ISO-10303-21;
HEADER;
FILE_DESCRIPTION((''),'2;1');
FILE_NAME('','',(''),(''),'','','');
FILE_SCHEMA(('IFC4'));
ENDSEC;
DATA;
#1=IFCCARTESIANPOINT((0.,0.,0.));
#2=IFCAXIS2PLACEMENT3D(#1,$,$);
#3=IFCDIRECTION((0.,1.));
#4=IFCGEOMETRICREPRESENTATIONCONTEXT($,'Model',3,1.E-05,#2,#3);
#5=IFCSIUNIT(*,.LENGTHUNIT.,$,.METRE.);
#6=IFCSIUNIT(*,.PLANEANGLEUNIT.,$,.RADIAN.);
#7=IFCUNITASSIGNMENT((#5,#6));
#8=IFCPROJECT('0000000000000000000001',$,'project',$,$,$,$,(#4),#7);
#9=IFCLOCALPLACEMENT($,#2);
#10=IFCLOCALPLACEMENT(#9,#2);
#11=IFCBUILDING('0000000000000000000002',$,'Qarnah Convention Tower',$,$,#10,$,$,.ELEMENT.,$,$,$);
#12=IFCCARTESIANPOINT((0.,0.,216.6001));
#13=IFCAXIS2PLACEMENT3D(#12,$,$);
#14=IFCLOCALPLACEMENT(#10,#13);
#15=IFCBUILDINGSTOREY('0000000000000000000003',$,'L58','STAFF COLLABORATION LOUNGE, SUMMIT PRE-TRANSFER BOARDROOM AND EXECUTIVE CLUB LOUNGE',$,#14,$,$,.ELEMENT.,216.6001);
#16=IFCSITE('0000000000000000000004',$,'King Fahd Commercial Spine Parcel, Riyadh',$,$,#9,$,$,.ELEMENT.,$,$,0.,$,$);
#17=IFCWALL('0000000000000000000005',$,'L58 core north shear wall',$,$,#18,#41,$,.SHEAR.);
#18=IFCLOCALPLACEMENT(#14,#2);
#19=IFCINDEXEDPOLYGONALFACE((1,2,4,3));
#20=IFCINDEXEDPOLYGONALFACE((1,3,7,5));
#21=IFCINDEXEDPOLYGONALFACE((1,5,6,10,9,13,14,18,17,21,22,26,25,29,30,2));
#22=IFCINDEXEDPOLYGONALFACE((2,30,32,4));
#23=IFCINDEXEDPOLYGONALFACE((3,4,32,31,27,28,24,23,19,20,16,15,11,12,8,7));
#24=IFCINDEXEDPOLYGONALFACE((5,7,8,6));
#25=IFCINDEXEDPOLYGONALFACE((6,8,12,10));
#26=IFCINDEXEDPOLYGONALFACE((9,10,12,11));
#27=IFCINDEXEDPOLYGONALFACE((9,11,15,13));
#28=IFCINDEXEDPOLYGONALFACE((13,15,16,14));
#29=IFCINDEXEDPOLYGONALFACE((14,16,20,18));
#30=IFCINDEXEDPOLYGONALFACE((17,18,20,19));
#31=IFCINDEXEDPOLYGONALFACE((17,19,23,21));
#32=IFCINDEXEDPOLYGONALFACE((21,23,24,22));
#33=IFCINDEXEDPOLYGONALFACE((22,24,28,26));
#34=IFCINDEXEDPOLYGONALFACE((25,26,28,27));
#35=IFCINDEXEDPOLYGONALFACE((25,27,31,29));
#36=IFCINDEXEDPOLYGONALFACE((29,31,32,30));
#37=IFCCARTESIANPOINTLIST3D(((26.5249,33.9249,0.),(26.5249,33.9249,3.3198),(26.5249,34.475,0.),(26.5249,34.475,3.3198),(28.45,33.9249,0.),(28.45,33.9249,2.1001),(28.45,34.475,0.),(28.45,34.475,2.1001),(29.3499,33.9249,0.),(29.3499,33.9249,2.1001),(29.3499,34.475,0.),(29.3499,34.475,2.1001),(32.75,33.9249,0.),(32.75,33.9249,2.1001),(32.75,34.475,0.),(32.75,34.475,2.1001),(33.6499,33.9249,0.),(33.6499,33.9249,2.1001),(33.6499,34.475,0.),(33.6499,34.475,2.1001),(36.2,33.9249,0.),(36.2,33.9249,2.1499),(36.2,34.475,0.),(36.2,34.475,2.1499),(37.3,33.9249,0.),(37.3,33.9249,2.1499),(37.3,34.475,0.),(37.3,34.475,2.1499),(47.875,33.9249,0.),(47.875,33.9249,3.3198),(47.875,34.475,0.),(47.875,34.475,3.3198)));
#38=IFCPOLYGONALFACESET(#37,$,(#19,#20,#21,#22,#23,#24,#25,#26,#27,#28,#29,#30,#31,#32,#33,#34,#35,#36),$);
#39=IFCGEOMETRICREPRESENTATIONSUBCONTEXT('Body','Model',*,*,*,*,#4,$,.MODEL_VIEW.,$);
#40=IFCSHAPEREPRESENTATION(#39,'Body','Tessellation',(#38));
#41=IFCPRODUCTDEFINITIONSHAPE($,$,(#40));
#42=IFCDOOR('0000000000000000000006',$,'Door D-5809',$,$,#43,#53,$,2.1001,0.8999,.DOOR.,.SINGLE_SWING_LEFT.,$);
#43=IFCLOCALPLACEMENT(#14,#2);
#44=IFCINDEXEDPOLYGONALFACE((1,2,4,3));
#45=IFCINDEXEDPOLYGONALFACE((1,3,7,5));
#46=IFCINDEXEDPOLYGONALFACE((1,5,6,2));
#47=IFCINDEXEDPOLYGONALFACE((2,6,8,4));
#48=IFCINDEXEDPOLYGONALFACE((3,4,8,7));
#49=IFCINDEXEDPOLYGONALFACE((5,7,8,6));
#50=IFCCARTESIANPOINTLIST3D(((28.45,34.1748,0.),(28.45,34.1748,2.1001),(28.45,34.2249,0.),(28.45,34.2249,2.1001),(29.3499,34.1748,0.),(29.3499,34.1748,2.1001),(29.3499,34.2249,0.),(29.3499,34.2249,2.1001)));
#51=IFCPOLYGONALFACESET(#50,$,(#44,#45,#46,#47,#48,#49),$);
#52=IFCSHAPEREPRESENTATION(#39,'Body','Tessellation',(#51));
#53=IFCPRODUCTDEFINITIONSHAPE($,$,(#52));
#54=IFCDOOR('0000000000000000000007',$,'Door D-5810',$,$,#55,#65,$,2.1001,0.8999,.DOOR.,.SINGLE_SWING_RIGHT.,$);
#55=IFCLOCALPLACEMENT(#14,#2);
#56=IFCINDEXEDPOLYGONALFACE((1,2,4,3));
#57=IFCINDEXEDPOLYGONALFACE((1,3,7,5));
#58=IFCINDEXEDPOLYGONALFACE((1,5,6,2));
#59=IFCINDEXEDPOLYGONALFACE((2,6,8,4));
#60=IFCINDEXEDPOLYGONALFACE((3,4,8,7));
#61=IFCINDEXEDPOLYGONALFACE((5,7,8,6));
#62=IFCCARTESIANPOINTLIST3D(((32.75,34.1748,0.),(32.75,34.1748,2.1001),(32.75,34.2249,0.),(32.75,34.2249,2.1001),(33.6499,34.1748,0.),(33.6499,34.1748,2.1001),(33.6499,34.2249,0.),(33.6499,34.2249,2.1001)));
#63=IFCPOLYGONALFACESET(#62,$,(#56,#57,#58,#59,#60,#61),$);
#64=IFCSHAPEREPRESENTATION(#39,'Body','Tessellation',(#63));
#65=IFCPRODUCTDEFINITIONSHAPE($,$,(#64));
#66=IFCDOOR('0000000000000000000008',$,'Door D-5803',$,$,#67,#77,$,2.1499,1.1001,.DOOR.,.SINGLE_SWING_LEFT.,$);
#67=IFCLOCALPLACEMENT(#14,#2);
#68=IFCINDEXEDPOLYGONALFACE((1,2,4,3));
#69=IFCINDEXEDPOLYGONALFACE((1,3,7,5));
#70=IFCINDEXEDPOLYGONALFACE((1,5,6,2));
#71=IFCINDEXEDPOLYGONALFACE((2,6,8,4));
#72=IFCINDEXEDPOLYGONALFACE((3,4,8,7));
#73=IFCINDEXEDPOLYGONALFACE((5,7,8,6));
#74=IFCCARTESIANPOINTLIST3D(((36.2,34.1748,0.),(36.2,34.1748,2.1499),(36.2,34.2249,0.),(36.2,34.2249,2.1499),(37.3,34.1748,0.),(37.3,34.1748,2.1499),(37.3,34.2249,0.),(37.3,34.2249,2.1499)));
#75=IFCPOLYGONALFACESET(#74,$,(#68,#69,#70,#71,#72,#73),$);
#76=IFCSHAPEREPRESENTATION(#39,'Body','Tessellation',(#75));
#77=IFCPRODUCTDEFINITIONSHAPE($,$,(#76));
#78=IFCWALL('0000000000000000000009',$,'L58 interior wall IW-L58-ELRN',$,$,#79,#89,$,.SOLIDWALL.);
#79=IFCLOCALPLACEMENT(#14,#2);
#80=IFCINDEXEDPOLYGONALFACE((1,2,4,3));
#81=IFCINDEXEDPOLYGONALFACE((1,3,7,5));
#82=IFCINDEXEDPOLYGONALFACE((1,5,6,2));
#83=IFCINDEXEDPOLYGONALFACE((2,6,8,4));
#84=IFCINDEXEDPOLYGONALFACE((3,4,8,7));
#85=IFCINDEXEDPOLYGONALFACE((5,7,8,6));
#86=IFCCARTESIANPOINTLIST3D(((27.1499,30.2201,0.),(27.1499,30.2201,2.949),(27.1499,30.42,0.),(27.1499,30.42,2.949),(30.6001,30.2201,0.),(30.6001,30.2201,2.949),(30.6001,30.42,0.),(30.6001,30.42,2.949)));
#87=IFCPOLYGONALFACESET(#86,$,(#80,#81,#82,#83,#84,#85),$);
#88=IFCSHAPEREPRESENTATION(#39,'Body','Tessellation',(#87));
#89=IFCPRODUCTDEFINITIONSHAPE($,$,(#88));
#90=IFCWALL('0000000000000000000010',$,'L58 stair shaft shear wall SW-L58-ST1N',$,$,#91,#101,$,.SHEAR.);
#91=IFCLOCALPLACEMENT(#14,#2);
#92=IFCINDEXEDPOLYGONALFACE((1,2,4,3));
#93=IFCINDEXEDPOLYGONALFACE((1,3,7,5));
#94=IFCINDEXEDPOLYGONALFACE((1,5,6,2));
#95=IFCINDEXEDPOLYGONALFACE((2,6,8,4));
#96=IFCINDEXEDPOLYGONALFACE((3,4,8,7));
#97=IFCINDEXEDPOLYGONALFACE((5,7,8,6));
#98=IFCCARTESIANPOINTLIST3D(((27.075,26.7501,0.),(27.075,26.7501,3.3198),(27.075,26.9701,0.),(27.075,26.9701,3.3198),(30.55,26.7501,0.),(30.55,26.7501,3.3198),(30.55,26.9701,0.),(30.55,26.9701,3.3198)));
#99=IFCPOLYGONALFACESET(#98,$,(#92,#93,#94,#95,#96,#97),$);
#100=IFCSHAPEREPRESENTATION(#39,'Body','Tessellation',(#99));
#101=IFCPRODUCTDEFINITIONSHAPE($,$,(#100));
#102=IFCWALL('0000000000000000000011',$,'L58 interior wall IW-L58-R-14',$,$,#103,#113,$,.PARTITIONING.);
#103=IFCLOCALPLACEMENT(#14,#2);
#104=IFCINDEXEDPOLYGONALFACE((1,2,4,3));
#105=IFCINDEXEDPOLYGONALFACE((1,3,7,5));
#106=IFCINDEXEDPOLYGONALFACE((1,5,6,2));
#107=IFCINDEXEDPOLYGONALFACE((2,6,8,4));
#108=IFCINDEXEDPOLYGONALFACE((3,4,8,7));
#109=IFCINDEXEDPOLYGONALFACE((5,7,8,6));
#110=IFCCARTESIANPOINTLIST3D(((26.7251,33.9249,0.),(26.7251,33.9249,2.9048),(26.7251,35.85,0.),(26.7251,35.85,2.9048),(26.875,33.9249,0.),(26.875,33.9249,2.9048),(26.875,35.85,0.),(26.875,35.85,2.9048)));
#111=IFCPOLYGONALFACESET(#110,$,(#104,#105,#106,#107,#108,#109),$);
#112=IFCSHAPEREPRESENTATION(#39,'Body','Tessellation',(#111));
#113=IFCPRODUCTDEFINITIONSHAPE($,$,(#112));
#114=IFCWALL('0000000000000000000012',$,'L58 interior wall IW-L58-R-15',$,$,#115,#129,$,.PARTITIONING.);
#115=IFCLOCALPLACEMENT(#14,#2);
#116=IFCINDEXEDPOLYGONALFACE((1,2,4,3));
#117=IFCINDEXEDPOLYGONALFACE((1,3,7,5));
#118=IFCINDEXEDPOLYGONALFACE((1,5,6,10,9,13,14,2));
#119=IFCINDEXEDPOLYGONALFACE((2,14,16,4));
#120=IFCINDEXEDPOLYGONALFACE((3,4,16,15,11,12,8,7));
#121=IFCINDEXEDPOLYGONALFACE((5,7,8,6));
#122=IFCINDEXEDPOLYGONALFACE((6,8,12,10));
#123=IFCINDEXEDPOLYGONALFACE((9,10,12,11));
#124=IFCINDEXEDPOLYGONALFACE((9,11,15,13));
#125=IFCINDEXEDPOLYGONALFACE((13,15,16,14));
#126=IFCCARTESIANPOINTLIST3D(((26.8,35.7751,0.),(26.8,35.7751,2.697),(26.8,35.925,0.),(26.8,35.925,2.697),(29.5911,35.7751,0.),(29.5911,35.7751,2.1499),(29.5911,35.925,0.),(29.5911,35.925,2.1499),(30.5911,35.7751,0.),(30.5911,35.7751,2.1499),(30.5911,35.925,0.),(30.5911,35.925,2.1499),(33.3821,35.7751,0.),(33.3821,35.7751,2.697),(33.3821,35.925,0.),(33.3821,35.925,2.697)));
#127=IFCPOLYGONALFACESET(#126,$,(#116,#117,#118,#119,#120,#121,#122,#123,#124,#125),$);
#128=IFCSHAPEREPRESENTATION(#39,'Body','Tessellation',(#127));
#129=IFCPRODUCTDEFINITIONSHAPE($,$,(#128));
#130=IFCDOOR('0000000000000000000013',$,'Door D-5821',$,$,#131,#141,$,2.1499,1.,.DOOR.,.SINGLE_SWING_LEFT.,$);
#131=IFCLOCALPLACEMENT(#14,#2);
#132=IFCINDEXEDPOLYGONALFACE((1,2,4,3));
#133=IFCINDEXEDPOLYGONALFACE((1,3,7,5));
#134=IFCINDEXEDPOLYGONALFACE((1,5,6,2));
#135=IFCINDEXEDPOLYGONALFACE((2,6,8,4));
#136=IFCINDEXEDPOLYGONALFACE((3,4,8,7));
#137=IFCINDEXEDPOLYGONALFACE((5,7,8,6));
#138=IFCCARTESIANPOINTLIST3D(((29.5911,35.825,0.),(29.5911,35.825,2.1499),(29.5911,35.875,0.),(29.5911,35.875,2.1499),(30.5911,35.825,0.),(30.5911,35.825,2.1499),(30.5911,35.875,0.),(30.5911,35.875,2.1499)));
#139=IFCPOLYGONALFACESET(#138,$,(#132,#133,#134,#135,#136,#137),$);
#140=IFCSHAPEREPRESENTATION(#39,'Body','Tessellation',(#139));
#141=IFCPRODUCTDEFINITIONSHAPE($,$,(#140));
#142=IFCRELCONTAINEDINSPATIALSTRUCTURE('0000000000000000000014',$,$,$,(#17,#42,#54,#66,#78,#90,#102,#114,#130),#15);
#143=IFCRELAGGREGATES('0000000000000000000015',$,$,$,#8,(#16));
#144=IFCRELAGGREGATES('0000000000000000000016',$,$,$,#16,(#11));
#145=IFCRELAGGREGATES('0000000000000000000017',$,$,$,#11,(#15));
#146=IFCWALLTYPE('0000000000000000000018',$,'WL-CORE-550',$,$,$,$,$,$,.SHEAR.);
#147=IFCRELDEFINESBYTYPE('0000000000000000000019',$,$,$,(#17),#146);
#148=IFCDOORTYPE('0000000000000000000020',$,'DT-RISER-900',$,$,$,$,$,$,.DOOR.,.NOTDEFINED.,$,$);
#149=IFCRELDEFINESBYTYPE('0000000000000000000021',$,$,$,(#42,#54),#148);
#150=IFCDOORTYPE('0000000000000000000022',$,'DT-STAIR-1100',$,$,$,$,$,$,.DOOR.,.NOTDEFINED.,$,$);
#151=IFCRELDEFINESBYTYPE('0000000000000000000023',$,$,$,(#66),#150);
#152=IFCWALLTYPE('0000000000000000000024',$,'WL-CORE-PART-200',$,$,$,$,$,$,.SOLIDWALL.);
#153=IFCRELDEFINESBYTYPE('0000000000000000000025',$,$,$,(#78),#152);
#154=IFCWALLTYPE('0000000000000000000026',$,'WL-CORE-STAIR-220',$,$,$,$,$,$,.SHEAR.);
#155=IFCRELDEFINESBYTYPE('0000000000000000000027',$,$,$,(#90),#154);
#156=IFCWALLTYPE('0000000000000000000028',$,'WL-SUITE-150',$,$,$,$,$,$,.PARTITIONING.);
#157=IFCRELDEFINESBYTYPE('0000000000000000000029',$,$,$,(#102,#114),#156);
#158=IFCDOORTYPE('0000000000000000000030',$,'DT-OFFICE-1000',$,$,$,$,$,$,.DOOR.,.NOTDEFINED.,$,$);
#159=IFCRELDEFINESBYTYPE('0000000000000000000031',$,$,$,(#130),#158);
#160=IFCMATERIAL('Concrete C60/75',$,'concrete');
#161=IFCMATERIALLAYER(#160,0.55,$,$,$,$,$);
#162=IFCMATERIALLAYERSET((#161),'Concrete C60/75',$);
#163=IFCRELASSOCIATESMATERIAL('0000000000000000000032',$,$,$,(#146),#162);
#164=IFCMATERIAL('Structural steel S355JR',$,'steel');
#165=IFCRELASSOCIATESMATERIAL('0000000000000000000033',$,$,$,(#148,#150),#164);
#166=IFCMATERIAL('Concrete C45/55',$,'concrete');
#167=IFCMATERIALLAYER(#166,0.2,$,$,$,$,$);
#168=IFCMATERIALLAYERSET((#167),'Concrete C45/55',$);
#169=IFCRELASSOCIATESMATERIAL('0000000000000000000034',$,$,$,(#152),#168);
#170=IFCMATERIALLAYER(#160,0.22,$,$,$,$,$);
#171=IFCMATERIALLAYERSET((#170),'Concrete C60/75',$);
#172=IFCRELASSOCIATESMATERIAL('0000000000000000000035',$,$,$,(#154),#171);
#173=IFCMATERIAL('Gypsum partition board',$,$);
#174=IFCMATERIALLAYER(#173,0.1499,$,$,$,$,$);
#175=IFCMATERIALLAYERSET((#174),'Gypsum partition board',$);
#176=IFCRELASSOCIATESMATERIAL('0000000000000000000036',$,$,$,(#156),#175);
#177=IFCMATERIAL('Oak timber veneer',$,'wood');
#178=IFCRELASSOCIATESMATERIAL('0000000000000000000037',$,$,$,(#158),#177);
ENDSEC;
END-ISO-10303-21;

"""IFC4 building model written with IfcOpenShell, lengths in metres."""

from ifc_helpers import new_model, si_unit, direction, frame, frame_2d, origin, place, context, subcontext, project, spatial, rectangle, extrude, material, layer, layer_set, type_object, element, fill, save


model = new_model("IFC4")

# Units and contexts
model_context = context("Model", 3, precision=1e-05, world=origin(), true_north=direction((0.0, 1.0)))
body_context = subcontext(model_context, "Body", "Model", "MODEL_VIEW")
ifc_project = project(units=[si_unit("LENGTHUNIT", "METRE"), si_unit("PLANEANGLEUNIT", "RADIAN")], contexts=[model_context])

# Site, building, storey
site_placement = place(None, origin())
site = spatial("IfcSite", under=ifc_project, at=site_placement, Name="King Fahd Commercial Spine Parcel, Riyadh", CompositionType="ELEMENT", RefElevation=0.0)
building_placement = place(site_placement, origin())
building = spatial("IfcBuilding", under=site, at=building_placement, Name="Qarnah Convention Tower", CompositionType="ELEMENT")
storey_placement = place(building_placement, frame((0.0, 0.0, 216.6001)))
storey = spatial("IfcBuildingStorey", under=building, at=storey_placement, Name="L58", Description="STAFF COLLABORATION LOUNGE, SUMMIT PRE-TRANSFER BOARDROOM AND EXECUTIVE CLUB LOUNGE", CompositionType="ELEMENT", Elevation=216.6001)

# Shared definitions
ifc_material_1 = material(Name="Structural steel S355JR", Category="steel")

# Wall, openings, doors
ifc_material_2 = material(Name="Concrete C60/75", Category="concrete")
ifc_layer_1 = layer(ifc_material_2, 0.55)
ifc_layer_set_1 = layer_set([ifc_layer_1], Name="Concrete C60/75")
wall_type_1 = type_object("IfcWallType", Name="WL-CORE-550", PredefinedType="SHEAR", material=ifc_layer_set_1)
wall_1_placement = place(storey_placement, frame((26.5249, 34.2, 0.0), z_axis=(0.0, 0.0, 1.0), x_axis=(1.0, 0.0, 0.0)))
wall_1 = element("IfcWall", 1, at=wall_1_placement, inside=storey, type_object=wall_type_1, Name="L58 core north shear wall", PredefinedType="SHEAR", context=body_context, shape_type="SweptSolid", body=[
    extrude(rectangle(XDim=21.3501, YDim=0.55, at=frame_2d((10.675, 0.0))), origin(), (0.0, 0.0, 1.0), 3.3198),
])
opening_1_placement = place(wall_1_placement, frame((9.675, 0.0, 0.0)))
opening_1 = element("IfcOpeningElement", 2, at=opening_1_placement, cuts=wall_1, PredefinedType="OPENING", context=body_context, shape_type="SweptSolid", body=[
    extrude(rectangle(XDim=1.1001, YDim=2.1499, at=frame_2d((0.55, 1.075))), frame((0.0, 0.2849, 0.0), z_axis=(0.0, -1.0, 0.0), x_axis=(1.0, 0.0, 0.0)), (0.0, 0.0, 1.0), 0.5701),
])
opening_2_placement = place(wall_1_placement, frame((1.925, 0.0, 0.0)))
opening_2 = element("IfcOpeningElement", 3, at=opening_2_placement, cuts=wall_1, PredefinedType="OPENING", context=body_context, shape_type="SweptSolid", body=[
    extrude(rectangle(XDim=0.8999, YDim=2.1001, at=frame_2d((0.45, 1.05))), frame((0.0, 0.2849, 0.0), z_axis=(0.0, -1.0, 0.0), x_axis=(1.0, 0.0, 0.0)), (0.0, 0.0, 1.0), 0.5701),
])
opening_3_placement = place(wall_1_placement, frame((6.2251, 0.0, 0.0)))
opening_3 = element("IfcOpeningElement", 4, at=opening_3_placement, cuts=wall_1, PredefinedType="OPENING", context=body_context, shape_type="SweptSolid", body=[
    extrude(rectangle(XDim=0.8999, YDim=2.1001, at=frame_2d((0.45, 1.05))), frame((0.0, 0.2849, 0.0), z_axis=(0.0, -1.0, 0.0), x_axis=(1.0, 0.0, 0.0)), (0.0, 0.0, 1.0), 0.5701),
])
door_type_1 = type_object("IfcDoorType", Name="DT-RISER-900", OperationType="NOTDEFINED", PredefinedType="DOOR", material=ifc_material_1)
door_1_placement = place(opening_2_placement, origin())
door_1 = element("IfcDoor", 5, at=door_1_placement, inside=storey, type_object=door_type_1, Name="Door D-5809", OperationType="SINGLE_SWING_LEFT", OverallHeight=2.1001, OverallWidth=0.8999, PredefinedType="DOOR", context=body_context, shape_type="SweptSolid", body=[
    extrude(rectangle(XDim=0.8999, YDim=2.1001, at=frame_2d((0.45, 1.05))), frame((0.0, 0.0249, 0.0), z_axis=(0.0, -1.0, 0.0), x_axis=(1.0, 0.0, 0.0)), (0.0, 0.0, 1.0), 0.05),
])
fill(opening_2, door_1)
door_2_placement = place(opening_3_placement, origin())
door_2 = element("IfcDoor", 6, at=door_2_placement, inside=storey, type_object=door_type_1, Name="Door D-5810", OperationType="SINGLE_SWING_RIGHT", OverallHeight=2.1001, OverallWidth=0.8999, PredefinedType="DOOR", context=body_context, shape_type="SweptSolid", body=[
    extrude(rectangle(XDim=0.8999, YDim=2.1001, at=frame_2d((0.45, 1.05))), frame((0.0, 0.0249, 0.0), z_axis=(0.0, -1.0, 0.0), x_axis=(1.0, 0.0, 0.0)), (0.0, 0.0, 1.0), 0.05),
])
fill(opening_3, door_2)
door_type_2 = type_object("IfcDoorType", Name="DT-STAIR-1100", OperationType="NOTDEFINED", PredefinedType="DOOR", material=ifc_material_1)
door_3_placement = place(opening_1_placement, origin())
door_3 = element("IfcDoor", 7, at=door_3_placement, inside=storey, type_object=door_type_2, Name="Door D-5803", OperationType="SINGLE_SWING_LEFT", OverallHeight=2.1499, OverallWidth=1.1001, PredefinedType="DOOR", context=body_context, shape_type="SweptSolid", body=[
    extrude(rectangle(XDim=1.1001, YDim=2.1499, at=frame_2d((0.55, 1.075))), frame((0.0, 0.0249, 0.0), z_axis=(0.0, -1.0, 0.0), x_axis=(1.0, 0.0, 0.0)), (0.0, 0.0, 1.0), 0.05),
])
fill(opening_1, door_3)

# Walls
ifc_material_3 = material(Name="Concrete C45/55", Category="concrete")
ifc_layer_2 = layer(ifc_material_3, 0.2)
ifc_layer_set_2 = layer_set([ifc_layer_2], Name="Concrete C45/55")
wall_type_2 = type_object("IfcWallType", Name="WL-CORE-PART-200", PredefinedType="SOLIDWALL", material=ifc_layer_set_2)
wall_2_placement = place(storey_placement, frame((27.1499, 30.3201, 0.0), z_axis=(0.0, 0.0, 1.0), x_axis=(1.0, 0.0, 0.0)))
element("IfcWall", 8, at=wall_2_placement, inside=storey, type_object=wall_type_2, Name="L58 interior wall IW-L58-ELRN", PredefinedType="SOLIDWALL", context=body_context, shape_type="SweptSolid", body=[
    extrude(rectangle(XDim=3.4502, YDim=0.2, at=frame_2d((1.7251, 0.0))), origin(), (0.0, 0.0, 1.0), 2.949),
])
ifc_layer_3 = layer(ifc_material_2, 0.22)
ifc_layer_set_3 = layer_set([ifc_layer_3], Name="Concrete C60/75")
wall_type_3 = type_object("IfcWallType", Name="WL-CORE-STAIR-220", PredefinedType="SHEAR", material=ifc_layer_set_3)
wall_3_placement = place(storey_placement, frame((27.075, 26.8601, 0.0), z_axis=(0.0, 0.0, 1.0), x_axis=(1.0, 0.0, 0.0)))
element("IfcWall", 9, at=wall_3_placement, inside=storey, type_object=wall_type_3, Name="L58 stair shaft shear wall SW-L58-ST1N", PredefinedType="SHEAR", context=body_context, shape_type="SweptSolid", body=[
    extrude(rectangle(XDim=3.4751, YDim=0.22, at=frame_2d((1.7375, 0.0))), origin(), (0.0, 0.0, 1.0), 3.3198),
])
ifc_material_4 = material(Name="Gypsum partition board")
ifc_layer_4 = layer(ifc_material_4, 0.1499)
ifc_layer_set_4 = layer_set([ifc_layer_4], Name="Gypsum partition board")
wall_type_4 = type_object("IfcWallType", Name="WL-SUITE-150", PredefinedType="PARTITIONING", material=ifc_layer_set_4)
wall_4_placement = place(storey_placement, frame((26.8, 33.925, 0.0), z_axis=(0.0, 0.0, 1.0), x_axis=(0.0, 1.0, 0.0)))
element("IfcWall", 10, at=wall_4_placement, inside=storey, type_object=wall_type_4, Name="L58 interior wall IW-L58-R-14", PredefinedType="PARTITIONING", context=body_context, shape_type="SweptSolid", body=[
    extrude(rectangle(XDim=1.925, YDim=0.1499, at=frame_2d((0.9624, 0.0))), origin(), (0.0, 0.0, 1.0), 2.9048),
])

# Wall, opening, door
wall_5_placement = place(storey_placement, frame((26.8, 35.8501, 0.0), z_axis=(0.0, 0.0, 1.0), x_axis=(1.0, 0.0, 0.0)))
wall_5 = element("IfcWall", 11, at=wall_5_placement, inside=storey, type_object=wall_type_4, Name="L58 interior wall IW-L58-R-15", PredefinedType="PARTITIONING", context=body_context, shape_type="SweptSolid", body=[
    extrude(rectangle(XDim=6.582, YDim=0.1499, at=frame_2d((3.291, 0.0))), origin(), (0.0, 0.0, 1.0), 2.697),
])
opening_4_placement = place(wall_5_placement, frame((2.791, 0.0, 0.0)))
opening_4 = element("IfcOpeningElement", 12, at=opening_4_placement, cuts=wall_5, PredefinedType="OPENING", context=body_context, shape_type="SweptSolid", body=[
    extrude(rectangle(XDim=1.0, YDim=2.1499, at=frame_2d((0.5, 1.075))), frame((0.0, 0.085, 0.0), z_axis=(0.0, -1.0, 0.0), x_axis=(1.0, 0.0, 0.0)), (0.0, 0.0, 1.0), 0.1699),
])
ifc_material_5 = material(Name="Oak timber veneer", Category="wood")
door_type_3 = type_object("IfcDoorType", Name="DT-OFFICE-1000", OperationType="NOTDEFINED", PredefinedType="DOOR", material=ifc_material_5)
door_4_placement = place(opening_4_placement, origin())
door_4 = element("IfcDoor", 13, at=door_4_placement, inside=storey, type_object=door_type_3, Name="Door D-5821", OperationType="SINGLE_SWING_LEFT", OverallHeight=2.1499, OverallWidth=1.0, PredefinedType="DOOR", context=body_context, shape_type="SweptSolid", body=[
    extrude(rectangle(XDim=1.0, YDim=2.1499, at=frame_2d((0.5, 1.075))), frame((0.0, 0.0249, 0.0), z_axis=(0.0, -1.0, 0.0), x_axis=(1.0, 0.0, 0.0)), (0.0, 0.0, 1.0), 0.05),
])
fill(opening_4, door_4)

save(model, "model.ifc")
